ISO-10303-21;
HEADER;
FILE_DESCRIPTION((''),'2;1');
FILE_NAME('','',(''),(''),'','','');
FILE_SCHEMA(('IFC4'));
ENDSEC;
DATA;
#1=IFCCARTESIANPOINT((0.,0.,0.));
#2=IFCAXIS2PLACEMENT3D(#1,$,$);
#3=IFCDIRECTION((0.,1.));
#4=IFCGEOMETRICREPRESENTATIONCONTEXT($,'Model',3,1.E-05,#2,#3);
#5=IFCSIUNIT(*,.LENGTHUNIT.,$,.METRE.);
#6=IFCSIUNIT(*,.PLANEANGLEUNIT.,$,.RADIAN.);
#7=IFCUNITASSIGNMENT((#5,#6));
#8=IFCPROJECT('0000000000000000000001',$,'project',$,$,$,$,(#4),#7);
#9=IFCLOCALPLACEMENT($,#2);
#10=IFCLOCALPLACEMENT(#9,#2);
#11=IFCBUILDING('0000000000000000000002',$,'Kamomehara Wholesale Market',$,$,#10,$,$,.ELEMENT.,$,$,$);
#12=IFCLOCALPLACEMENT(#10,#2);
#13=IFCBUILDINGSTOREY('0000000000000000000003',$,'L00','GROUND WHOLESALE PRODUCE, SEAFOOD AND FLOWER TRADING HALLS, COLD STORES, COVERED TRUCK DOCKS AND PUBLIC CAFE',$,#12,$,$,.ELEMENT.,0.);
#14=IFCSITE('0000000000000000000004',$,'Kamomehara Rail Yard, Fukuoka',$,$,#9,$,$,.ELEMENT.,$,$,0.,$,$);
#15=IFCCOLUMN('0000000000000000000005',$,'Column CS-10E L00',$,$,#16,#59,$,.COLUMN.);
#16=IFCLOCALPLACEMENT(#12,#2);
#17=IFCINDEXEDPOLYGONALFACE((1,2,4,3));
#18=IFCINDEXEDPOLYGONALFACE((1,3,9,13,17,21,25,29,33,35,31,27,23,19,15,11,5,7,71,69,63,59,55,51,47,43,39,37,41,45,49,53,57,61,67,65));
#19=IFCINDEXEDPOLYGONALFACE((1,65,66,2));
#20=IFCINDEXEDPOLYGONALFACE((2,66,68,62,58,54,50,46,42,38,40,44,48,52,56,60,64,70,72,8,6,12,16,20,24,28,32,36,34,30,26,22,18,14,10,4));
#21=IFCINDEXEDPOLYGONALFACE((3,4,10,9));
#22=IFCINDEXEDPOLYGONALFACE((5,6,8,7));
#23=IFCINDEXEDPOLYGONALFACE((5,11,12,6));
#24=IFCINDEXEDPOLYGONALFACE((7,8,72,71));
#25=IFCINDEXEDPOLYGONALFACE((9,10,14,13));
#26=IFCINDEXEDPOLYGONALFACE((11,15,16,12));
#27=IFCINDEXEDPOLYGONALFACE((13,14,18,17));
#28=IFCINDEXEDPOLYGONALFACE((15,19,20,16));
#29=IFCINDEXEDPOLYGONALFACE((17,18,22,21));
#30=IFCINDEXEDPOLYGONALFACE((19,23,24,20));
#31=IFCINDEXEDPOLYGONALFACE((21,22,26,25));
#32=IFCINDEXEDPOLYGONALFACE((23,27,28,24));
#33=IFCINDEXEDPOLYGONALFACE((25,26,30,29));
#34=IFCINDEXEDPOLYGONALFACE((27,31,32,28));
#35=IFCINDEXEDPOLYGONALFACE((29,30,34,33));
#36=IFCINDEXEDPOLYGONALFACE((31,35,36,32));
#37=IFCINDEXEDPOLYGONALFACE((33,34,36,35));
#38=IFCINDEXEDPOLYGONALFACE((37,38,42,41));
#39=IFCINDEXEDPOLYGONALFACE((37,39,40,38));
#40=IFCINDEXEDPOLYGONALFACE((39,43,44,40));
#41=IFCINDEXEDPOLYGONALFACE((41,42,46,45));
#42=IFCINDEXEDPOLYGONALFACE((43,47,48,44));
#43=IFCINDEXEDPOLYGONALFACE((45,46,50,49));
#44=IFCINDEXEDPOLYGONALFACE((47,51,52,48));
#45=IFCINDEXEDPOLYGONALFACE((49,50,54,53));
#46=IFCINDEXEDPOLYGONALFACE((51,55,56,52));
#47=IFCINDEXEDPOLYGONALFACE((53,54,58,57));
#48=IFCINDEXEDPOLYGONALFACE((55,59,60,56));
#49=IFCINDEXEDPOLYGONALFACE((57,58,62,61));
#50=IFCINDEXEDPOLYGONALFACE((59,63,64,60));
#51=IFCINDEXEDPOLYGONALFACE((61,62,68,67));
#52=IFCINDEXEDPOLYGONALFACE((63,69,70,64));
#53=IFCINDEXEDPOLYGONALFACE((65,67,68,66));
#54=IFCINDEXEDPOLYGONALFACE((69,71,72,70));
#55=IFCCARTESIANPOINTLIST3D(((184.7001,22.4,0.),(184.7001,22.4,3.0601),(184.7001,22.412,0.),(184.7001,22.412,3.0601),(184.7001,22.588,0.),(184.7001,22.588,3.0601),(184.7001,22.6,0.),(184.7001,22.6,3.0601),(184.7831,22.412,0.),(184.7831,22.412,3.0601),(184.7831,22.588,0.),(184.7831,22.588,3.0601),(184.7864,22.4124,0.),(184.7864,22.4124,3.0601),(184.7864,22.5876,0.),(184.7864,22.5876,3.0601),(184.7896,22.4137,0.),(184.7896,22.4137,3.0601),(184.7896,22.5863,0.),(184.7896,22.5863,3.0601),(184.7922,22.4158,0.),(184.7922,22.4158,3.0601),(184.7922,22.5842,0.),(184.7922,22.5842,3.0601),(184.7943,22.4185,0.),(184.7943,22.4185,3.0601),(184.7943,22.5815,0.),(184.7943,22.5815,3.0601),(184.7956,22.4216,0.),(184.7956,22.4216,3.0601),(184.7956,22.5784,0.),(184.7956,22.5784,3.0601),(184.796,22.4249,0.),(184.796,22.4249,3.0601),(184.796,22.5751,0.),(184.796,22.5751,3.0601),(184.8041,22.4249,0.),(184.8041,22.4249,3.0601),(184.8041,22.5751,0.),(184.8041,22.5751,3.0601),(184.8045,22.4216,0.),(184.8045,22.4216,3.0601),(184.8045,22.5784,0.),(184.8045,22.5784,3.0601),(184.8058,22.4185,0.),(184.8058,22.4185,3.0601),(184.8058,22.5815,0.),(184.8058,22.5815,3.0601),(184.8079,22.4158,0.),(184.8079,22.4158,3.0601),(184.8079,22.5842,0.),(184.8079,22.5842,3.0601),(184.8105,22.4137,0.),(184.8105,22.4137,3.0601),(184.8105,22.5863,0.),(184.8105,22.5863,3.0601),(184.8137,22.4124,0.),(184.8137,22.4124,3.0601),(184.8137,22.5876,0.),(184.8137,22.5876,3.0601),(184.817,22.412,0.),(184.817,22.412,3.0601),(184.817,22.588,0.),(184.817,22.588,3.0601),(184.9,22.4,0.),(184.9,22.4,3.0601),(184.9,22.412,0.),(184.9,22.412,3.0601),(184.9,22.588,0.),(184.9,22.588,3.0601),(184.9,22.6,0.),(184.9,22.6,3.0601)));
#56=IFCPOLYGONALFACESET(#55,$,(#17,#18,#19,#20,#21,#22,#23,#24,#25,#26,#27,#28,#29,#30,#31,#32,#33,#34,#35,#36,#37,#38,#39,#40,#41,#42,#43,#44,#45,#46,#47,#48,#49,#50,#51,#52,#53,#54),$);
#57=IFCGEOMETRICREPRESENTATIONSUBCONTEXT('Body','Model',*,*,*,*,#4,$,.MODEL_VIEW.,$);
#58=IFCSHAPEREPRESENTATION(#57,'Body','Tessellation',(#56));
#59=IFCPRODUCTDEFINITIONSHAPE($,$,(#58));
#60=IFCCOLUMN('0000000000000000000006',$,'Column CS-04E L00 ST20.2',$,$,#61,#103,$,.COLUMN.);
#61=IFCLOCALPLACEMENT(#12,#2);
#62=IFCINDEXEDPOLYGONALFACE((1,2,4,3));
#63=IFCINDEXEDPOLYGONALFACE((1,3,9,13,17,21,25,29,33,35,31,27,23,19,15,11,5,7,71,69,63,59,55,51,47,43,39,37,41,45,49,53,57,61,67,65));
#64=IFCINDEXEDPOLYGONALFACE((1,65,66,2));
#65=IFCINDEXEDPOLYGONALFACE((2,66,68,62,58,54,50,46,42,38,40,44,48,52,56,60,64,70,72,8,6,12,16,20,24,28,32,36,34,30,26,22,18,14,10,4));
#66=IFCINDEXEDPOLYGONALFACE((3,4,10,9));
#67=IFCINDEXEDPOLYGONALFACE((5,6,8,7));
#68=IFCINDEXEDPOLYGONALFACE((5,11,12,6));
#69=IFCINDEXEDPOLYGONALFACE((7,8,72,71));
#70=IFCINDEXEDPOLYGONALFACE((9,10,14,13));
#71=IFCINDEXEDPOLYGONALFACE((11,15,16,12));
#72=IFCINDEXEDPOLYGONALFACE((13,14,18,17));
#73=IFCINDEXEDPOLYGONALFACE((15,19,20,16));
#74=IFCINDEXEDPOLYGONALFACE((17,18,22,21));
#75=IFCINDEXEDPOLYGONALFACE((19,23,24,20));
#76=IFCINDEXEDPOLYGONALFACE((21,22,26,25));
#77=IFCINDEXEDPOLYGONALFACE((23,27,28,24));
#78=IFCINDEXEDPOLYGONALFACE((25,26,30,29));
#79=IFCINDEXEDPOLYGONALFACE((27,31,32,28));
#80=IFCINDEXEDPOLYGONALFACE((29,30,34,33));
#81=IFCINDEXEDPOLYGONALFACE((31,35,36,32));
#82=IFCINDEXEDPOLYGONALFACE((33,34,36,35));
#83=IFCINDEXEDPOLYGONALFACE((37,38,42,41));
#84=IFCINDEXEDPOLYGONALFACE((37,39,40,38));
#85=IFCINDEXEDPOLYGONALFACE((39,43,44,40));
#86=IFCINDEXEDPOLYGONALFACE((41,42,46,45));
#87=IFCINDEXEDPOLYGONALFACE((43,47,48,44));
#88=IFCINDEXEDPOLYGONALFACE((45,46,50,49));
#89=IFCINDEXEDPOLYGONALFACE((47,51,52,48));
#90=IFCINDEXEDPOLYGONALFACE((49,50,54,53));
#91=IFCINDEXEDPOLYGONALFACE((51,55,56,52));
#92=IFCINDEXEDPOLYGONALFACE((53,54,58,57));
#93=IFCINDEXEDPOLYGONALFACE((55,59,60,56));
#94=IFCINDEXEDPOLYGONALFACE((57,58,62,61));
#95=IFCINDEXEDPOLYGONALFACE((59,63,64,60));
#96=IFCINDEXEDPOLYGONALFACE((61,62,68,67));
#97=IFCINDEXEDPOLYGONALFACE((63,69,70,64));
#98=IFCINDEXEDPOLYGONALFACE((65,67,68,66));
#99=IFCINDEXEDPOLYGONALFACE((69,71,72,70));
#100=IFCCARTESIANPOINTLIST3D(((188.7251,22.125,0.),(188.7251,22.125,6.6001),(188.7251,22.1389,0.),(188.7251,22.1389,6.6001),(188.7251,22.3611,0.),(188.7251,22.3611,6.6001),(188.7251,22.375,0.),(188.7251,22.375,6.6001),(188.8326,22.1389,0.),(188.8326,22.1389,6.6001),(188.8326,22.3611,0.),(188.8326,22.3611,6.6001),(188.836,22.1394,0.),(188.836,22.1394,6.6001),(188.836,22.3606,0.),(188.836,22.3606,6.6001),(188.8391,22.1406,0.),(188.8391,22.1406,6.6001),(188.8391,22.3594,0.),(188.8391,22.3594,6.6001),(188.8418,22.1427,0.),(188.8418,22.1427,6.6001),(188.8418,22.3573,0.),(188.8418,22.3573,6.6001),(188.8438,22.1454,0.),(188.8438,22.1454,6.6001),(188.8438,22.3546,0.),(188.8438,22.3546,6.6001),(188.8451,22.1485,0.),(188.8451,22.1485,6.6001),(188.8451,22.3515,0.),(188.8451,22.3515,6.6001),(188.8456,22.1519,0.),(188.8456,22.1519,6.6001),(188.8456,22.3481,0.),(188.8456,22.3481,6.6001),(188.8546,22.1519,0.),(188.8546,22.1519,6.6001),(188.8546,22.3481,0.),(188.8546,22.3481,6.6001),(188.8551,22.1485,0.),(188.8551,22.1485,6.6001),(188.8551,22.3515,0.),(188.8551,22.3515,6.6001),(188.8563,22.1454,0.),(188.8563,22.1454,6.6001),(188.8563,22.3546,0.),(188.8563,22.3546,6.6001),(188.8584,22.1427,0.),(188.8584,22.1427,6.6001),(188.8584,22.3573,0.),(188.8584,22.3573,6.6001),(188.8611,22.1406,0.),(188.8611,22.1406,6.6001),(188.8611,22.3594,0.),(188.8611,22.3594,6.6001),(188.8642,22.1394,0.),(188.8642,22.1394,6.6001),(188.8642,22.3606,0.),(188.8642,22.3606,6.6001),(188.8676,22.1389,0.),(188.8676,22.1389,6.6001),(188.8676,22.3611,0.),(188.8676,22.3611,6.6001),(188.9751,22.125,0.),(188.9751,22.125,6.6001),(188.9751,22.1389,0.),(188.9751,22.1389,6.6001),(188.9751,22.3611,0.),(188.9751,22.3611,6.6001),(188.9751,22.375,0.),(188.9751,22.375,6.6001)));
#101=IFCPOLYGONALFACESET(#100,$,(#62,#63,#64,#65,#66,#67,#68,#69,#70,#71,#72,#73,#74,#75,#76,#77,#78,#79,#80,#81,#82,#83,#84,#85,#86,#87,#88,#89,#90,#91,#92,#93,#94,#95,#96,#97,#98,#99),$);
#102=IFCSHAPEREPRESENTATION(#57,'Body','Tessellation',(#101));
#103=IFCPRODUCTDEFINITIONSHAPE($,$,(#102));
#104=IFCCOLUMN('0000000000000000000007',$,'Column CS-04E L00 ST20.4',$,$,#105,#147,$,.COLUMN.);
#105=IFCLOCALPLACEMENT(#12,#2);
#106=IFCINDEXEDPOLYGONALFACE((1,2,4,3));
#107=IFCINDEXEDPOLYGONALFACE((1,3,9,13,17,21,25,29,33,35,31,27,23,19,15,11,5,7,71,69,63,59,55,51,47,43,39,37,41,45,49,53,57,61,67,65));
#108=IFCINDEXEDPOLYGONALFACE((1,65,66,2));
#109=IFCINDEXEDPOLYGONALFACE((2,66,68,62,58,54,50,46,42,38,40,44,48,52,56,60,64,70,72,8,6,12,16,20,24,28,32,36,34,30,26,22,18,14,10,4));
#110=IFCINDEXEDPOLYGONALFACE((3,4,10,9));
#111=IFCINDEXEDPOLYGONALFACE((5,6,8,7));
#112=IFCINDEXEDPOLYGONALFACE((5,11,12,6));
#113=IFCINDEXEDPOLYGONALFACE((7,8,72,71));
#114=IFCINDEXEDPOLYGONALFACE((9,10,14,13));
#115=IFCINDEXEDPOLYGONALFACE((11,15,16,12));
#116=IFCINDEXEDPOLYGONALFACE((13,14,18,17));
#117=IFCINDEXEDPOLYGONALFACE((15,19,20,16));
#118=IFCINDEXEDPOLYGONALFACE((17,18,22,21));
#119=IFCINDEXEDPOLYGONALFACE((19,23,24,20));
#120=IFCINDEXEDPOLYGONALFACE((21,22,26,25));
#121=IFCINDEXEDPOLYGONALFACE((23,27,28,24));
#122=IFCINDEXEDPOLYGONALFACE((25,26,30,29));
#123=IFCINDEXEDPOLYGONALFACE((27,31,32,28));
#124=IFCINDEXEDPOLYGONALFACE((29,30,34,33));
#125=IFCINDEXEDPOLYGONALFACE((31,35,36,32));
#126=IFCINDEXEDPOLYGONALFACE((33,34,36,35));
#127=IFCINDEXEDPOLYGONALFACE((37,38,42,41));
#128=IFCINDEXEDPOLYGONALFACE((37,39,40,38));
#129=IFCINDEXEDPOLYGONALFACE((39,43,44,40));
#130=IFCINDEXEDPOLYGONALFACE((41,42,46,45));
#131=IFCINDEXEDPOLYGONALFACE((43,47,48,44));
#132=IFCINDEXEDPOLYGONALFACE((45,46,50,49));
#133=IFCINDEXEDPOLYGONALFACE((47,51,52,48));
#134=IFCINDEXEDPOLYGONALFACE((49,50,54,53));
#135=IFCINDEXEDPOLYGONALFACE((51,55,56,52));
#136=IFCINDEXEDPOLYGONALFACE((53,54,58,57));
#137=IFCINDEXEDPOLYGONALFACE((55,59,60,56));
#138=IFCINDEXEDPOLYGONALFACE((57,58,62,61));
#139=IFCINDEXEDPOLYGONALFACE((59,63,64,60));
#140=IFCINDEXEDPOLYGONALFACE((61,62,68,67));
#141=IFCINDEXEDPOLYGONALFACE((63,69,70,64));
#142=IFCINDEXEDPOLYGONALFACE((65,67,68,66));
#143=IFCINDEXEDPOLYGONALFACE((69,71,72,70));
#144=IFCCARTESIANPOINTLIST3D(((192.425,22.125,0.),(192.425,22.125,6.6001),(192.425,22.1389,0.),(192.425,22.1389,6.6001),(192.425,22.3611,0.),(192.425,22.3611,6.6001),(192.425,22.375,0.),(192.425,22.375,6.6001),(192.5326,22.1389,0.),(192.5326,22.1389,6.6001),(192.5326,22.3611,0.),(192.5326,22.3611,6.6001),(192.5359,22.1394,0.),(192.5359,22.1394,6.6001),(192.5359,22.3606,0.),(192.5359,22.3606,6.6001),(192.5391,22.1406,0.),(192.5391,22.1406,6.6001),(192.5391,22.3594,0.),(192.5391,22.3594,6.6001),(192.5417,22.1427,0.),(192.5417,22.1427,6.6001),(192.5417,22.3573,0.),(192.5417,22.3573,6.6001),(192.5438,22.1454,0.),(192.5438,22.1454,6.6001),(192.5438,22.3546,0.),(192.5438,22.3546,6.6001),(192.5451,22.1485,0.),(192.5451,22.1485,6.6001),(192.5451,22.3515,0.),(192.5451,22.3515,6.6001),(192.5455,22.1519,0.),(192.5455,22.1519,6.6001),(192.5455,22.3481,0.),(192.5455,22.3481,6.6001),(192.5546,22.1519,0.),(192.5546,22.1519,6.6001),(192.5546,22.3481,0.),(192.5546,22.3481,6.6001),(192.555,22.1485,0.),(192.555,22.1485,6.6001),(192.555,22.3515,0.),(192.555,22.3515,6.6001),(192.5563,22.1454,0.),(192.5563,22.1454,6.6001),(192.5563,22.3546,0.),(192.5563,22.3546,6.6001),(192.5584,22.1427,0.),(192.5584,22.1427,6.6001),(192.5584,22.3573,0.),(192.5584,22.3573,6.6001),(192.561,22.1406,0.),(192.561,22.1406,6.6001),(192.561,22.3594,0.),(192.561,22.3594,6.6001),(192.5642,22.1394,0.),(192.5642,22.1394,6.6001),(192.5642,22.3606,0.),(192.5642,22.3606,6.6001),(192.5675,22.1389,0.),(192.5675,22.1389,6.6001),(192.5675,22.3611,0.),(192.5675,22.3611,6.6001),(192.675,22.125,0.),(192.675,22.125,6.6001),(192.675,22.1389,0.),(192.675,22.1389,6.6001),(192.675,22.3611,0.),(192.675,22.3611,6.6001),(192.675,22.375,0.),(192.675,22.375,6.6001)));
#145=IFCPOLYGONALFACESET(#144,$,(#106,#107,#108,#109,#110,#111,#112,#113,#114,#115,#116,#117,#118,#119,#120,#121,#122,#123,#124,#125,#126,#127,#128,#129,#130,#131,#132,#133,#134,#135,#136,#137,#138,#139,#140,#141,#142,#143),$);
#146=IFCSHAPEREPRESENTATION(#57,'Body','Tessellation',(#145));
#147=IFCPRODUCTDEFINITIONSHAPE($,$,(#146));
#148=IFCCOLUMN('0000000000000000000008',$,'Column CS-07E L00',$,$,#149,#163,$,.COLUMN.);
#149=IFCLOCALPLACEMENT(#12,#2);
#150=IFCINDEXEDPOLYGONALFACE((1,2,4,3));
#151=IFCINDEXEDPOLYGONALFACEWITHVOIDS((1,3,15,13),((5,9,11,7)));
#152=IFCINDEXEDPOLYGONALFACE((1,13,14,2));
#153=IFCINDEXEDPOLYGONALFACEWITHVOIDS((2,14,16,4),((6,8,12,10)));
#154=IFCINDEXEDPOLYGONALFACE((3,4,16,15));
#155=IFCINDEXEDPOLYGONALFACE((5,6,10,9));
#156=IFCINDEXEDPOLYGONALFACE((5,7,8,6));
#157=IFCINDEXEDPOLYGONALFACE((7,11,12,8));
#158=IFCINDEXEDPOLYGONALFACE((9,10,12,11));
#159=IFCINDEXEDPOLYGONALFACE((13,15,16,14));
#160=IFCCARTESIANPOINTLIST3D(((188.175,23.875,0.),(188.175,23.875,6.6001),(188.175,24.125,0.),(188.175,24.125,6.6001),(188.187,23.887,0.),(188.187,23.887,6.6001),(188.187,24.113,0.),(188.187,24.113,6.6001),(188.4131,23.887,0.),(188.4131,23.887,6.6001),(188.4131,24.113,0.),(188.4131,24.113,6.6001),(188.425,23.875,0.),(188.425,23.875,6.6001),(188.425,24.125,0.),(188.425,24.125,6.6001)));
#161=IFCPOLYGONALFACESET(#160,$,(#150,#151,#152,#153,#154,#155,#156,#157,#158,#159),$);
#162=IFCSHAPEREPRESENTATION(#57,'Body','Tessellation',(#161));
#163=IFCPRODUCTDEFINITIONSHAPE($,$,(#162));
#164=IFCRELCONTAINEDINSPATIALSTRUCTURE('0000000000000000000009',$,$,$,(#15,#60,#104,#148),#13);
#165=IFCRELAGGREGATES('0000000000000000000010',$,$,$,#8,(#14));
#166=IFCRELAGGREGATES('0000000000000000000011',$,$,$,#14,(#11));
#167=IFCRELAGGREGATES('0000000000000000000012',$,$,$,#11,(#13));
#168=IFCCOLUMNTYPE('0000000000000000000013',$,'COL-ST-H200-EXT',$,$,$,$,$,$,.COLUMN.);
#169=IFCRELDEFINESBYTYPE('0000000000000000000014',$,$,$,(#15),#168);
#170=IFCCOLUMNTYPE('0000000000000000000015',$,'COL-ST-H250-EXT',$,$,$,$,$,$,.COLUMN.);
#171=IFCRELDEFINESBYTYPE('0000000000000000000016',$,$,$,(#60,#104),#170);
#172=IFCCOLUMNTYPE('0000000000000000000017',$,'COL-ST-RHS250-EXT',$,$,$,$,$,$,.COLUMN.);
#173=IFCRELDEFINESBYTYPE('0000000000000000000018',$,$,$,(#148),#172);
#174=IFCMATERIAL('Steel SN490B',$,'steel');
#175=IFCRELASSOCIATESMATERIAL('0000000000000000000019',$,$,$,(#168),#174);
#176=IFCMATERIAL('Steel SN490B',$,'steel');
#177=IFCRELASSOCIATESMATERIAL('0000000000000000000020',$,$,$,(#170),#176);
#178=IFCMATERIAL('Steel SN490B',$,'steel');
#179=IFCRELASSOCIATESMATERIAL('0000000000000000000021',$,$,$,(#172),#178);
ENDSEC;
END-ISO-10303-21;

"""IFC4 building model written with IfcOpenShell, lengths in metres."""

from ifc_helpers import new_model, si_unit, direction, frame, origin, origin_2d, place, context, subcontext, project, spatial, hollow_rectangle, i_section, extrude, material, material_profile, profile_set, type_object, element, save


model = new_model("IFC4")

# Units and contexts
model_context = context("Model", 3, precision=1e-05, world=origin(), true_north=direction((0.0, 1.0)))
body_context = subcontext(model_context, "Body", "Model", "MODEL_VIEW")
ifc_project = project(units=[si_unit("LENGTHUNIT", "METRE"), si_unit("PLANEANGLEUNIT", "RADIAN")], contexts=[model_context])

# Site, building, storey
site_placement = place(None, origin())
site = spatial("IfcSite", under=ifc_project, at=site_placement, Name="Kamomehara Rail Yard, Fukuoka", CompositionType="ELEMENT", RefElevation=0.0)
building_placement = place(site_placement, origin())
building = spatial("IfcBuilding", under=site, at=building_placement, Name="Kamomehara Wholesale Market", CompositionType="ELEMENT")
storey_placement = place(building_placement, origin())
storey = spatial("IfcBuildingStorey", under=building, at=storey_placement, Name="L00", Description="GROUND WHOLESALE PRODUCE, SEAFOOD AND FLOWER TRADING HALLS, COLD STORES, COVERED TRUCK DOCKS AND PUBLIC CAFE", CompositionType="ELEMENT", Elevation=0.0)

# Columns
ifc_material_1 = material(Name="Steel SN490B", Category="steel")
ifc_material_profile_1 = material_profile(ifc_material_1, i_section(OverallWidth=0.2, OverallDepth=0.2, WebThickness=0.0081, FlangeThickness=0.012, FilletRadius=0.0129, at=origin_2d()), Name="H-200x200x8x12")
ifc_profile_set_1 = profile_set([ifc_material_profile_1], Name="Steel SN490B")
column_type_1 = type_object("IfcColumnType", Name="COL-ST-H200-EXT", PredefinedType="COLUMN", material=ifc_profile_set_1)
column_1_placement = place(storey_placement, frame((184.8, 22.5, 0.0), z_axis=(0.0, 0.0, 1.0), x_axis=(1.0, 0.0, 0.0)))
element("IfcColumn", 1, at=column_1_placement, inside=storey, type_object=column_type_1, Name="Column CS-10E L00", PredefinedType="COLUMN", context=body_context, shape_type="SweptSolid", body=[
    extrude(i_section(OverallWidth=0.2, OverallDepth=0.2, WebThickness=0.0081, FlangeThickness=0.012, FilletRadius=0.0129, at=origin_2d()), origin(), (0.0, 0.0, 1.0), 3.0601),
])
ifc_material_2 = material(Name="Steel SN490B", Category="steel")
ifc_material_profile_2 = material_profile(ifc_material_2, i_section(OverallWidth=0.25, OverallDepth=0.25, WebThickness=0.009, FlangeThickness=0.0139, FilletRadius=0.0129, at=origin_2d()), Name="H-250x250x9x14")
ifc_profile_set_2 = profile_set([ifc_material_profile_2], Name="Steel SN490B")
column_type_2 = type_object("IfcColumnType", Name="COL-ST-H250-EXT", PredefinedType="COLUMN", material=ifc_profile_set_2)
for number, where, z_axis, x_axis, name in (
    (2, (188.8501, 22.25, 0.0), (0.0, 0.0, 1.0), (1.0, 0.0, 0.0), "Column CS-04E L00 ST20.2"),
    (3, (192.55, 22.25, 0.0), (0.0, 0.0, 1.0), (1.0, 0.0, 0.0), "Column CS-04E L00 ST20.4"),
):
    element("IfcColumn", number, at=place(storey_placement, frame(where, z_axis=z_axis, x_axis=x_axis)), inside=storey, type_object=column_type_2, Name=name, PredefinedType="COLUMN", context=body_context, shape_type="SweptSolid", body=[
        extrude(i_section(OverallWidth=0.25, OverallDepth=0.25, WebThickness=0.009, FlangeThickness=0.0139, FilletRadius=0.0129, at=origin_2d()), origin(), (0.0, 0.0, 1.0), 6.6001),
    ])
ifc_material_3 = material(Name="Steel SN490B", Category="steel")
ifc_material_profile_3 = material_profile(ifc_material_3, hollow_rectangle(XDim=0.25, YDim=0.25, WallThickness=0.012, at=origin_2d()), Name="RHS-250x250x12")
ifc_profile_set_3 = profile_set([ifc_material_profile_3], Name="Steel SN490B")
column_type_3 = type_object("IfcColumnType", Name="COL-ST-RHS250-EXT", PredefinedType="COLUMN", material=ifc_profile_set_3)
column_2_placement = place(storey_placement, frame((188.3, 24.0, 0.0), z_axis=(0.0, 0.0, 1.0), x_axis=(1.0, 0.0, 0.0)))
element("IfcColumn", 4, at=column_2_placement, inside=storey, type_object=column_type_3, Name="Column CS-07E L00", PredefinedType="COLUMN", context=body_context, shape_type="SweptSolid", body=[
    extrude(hollow_rectangle(XDim=0.25, YDim=0.25, WallThickness=0.012, at=origin_2d()), origin(), (0.0, 0.0, 1.0), 6.6001),
])

save(model, "model.ifc")
